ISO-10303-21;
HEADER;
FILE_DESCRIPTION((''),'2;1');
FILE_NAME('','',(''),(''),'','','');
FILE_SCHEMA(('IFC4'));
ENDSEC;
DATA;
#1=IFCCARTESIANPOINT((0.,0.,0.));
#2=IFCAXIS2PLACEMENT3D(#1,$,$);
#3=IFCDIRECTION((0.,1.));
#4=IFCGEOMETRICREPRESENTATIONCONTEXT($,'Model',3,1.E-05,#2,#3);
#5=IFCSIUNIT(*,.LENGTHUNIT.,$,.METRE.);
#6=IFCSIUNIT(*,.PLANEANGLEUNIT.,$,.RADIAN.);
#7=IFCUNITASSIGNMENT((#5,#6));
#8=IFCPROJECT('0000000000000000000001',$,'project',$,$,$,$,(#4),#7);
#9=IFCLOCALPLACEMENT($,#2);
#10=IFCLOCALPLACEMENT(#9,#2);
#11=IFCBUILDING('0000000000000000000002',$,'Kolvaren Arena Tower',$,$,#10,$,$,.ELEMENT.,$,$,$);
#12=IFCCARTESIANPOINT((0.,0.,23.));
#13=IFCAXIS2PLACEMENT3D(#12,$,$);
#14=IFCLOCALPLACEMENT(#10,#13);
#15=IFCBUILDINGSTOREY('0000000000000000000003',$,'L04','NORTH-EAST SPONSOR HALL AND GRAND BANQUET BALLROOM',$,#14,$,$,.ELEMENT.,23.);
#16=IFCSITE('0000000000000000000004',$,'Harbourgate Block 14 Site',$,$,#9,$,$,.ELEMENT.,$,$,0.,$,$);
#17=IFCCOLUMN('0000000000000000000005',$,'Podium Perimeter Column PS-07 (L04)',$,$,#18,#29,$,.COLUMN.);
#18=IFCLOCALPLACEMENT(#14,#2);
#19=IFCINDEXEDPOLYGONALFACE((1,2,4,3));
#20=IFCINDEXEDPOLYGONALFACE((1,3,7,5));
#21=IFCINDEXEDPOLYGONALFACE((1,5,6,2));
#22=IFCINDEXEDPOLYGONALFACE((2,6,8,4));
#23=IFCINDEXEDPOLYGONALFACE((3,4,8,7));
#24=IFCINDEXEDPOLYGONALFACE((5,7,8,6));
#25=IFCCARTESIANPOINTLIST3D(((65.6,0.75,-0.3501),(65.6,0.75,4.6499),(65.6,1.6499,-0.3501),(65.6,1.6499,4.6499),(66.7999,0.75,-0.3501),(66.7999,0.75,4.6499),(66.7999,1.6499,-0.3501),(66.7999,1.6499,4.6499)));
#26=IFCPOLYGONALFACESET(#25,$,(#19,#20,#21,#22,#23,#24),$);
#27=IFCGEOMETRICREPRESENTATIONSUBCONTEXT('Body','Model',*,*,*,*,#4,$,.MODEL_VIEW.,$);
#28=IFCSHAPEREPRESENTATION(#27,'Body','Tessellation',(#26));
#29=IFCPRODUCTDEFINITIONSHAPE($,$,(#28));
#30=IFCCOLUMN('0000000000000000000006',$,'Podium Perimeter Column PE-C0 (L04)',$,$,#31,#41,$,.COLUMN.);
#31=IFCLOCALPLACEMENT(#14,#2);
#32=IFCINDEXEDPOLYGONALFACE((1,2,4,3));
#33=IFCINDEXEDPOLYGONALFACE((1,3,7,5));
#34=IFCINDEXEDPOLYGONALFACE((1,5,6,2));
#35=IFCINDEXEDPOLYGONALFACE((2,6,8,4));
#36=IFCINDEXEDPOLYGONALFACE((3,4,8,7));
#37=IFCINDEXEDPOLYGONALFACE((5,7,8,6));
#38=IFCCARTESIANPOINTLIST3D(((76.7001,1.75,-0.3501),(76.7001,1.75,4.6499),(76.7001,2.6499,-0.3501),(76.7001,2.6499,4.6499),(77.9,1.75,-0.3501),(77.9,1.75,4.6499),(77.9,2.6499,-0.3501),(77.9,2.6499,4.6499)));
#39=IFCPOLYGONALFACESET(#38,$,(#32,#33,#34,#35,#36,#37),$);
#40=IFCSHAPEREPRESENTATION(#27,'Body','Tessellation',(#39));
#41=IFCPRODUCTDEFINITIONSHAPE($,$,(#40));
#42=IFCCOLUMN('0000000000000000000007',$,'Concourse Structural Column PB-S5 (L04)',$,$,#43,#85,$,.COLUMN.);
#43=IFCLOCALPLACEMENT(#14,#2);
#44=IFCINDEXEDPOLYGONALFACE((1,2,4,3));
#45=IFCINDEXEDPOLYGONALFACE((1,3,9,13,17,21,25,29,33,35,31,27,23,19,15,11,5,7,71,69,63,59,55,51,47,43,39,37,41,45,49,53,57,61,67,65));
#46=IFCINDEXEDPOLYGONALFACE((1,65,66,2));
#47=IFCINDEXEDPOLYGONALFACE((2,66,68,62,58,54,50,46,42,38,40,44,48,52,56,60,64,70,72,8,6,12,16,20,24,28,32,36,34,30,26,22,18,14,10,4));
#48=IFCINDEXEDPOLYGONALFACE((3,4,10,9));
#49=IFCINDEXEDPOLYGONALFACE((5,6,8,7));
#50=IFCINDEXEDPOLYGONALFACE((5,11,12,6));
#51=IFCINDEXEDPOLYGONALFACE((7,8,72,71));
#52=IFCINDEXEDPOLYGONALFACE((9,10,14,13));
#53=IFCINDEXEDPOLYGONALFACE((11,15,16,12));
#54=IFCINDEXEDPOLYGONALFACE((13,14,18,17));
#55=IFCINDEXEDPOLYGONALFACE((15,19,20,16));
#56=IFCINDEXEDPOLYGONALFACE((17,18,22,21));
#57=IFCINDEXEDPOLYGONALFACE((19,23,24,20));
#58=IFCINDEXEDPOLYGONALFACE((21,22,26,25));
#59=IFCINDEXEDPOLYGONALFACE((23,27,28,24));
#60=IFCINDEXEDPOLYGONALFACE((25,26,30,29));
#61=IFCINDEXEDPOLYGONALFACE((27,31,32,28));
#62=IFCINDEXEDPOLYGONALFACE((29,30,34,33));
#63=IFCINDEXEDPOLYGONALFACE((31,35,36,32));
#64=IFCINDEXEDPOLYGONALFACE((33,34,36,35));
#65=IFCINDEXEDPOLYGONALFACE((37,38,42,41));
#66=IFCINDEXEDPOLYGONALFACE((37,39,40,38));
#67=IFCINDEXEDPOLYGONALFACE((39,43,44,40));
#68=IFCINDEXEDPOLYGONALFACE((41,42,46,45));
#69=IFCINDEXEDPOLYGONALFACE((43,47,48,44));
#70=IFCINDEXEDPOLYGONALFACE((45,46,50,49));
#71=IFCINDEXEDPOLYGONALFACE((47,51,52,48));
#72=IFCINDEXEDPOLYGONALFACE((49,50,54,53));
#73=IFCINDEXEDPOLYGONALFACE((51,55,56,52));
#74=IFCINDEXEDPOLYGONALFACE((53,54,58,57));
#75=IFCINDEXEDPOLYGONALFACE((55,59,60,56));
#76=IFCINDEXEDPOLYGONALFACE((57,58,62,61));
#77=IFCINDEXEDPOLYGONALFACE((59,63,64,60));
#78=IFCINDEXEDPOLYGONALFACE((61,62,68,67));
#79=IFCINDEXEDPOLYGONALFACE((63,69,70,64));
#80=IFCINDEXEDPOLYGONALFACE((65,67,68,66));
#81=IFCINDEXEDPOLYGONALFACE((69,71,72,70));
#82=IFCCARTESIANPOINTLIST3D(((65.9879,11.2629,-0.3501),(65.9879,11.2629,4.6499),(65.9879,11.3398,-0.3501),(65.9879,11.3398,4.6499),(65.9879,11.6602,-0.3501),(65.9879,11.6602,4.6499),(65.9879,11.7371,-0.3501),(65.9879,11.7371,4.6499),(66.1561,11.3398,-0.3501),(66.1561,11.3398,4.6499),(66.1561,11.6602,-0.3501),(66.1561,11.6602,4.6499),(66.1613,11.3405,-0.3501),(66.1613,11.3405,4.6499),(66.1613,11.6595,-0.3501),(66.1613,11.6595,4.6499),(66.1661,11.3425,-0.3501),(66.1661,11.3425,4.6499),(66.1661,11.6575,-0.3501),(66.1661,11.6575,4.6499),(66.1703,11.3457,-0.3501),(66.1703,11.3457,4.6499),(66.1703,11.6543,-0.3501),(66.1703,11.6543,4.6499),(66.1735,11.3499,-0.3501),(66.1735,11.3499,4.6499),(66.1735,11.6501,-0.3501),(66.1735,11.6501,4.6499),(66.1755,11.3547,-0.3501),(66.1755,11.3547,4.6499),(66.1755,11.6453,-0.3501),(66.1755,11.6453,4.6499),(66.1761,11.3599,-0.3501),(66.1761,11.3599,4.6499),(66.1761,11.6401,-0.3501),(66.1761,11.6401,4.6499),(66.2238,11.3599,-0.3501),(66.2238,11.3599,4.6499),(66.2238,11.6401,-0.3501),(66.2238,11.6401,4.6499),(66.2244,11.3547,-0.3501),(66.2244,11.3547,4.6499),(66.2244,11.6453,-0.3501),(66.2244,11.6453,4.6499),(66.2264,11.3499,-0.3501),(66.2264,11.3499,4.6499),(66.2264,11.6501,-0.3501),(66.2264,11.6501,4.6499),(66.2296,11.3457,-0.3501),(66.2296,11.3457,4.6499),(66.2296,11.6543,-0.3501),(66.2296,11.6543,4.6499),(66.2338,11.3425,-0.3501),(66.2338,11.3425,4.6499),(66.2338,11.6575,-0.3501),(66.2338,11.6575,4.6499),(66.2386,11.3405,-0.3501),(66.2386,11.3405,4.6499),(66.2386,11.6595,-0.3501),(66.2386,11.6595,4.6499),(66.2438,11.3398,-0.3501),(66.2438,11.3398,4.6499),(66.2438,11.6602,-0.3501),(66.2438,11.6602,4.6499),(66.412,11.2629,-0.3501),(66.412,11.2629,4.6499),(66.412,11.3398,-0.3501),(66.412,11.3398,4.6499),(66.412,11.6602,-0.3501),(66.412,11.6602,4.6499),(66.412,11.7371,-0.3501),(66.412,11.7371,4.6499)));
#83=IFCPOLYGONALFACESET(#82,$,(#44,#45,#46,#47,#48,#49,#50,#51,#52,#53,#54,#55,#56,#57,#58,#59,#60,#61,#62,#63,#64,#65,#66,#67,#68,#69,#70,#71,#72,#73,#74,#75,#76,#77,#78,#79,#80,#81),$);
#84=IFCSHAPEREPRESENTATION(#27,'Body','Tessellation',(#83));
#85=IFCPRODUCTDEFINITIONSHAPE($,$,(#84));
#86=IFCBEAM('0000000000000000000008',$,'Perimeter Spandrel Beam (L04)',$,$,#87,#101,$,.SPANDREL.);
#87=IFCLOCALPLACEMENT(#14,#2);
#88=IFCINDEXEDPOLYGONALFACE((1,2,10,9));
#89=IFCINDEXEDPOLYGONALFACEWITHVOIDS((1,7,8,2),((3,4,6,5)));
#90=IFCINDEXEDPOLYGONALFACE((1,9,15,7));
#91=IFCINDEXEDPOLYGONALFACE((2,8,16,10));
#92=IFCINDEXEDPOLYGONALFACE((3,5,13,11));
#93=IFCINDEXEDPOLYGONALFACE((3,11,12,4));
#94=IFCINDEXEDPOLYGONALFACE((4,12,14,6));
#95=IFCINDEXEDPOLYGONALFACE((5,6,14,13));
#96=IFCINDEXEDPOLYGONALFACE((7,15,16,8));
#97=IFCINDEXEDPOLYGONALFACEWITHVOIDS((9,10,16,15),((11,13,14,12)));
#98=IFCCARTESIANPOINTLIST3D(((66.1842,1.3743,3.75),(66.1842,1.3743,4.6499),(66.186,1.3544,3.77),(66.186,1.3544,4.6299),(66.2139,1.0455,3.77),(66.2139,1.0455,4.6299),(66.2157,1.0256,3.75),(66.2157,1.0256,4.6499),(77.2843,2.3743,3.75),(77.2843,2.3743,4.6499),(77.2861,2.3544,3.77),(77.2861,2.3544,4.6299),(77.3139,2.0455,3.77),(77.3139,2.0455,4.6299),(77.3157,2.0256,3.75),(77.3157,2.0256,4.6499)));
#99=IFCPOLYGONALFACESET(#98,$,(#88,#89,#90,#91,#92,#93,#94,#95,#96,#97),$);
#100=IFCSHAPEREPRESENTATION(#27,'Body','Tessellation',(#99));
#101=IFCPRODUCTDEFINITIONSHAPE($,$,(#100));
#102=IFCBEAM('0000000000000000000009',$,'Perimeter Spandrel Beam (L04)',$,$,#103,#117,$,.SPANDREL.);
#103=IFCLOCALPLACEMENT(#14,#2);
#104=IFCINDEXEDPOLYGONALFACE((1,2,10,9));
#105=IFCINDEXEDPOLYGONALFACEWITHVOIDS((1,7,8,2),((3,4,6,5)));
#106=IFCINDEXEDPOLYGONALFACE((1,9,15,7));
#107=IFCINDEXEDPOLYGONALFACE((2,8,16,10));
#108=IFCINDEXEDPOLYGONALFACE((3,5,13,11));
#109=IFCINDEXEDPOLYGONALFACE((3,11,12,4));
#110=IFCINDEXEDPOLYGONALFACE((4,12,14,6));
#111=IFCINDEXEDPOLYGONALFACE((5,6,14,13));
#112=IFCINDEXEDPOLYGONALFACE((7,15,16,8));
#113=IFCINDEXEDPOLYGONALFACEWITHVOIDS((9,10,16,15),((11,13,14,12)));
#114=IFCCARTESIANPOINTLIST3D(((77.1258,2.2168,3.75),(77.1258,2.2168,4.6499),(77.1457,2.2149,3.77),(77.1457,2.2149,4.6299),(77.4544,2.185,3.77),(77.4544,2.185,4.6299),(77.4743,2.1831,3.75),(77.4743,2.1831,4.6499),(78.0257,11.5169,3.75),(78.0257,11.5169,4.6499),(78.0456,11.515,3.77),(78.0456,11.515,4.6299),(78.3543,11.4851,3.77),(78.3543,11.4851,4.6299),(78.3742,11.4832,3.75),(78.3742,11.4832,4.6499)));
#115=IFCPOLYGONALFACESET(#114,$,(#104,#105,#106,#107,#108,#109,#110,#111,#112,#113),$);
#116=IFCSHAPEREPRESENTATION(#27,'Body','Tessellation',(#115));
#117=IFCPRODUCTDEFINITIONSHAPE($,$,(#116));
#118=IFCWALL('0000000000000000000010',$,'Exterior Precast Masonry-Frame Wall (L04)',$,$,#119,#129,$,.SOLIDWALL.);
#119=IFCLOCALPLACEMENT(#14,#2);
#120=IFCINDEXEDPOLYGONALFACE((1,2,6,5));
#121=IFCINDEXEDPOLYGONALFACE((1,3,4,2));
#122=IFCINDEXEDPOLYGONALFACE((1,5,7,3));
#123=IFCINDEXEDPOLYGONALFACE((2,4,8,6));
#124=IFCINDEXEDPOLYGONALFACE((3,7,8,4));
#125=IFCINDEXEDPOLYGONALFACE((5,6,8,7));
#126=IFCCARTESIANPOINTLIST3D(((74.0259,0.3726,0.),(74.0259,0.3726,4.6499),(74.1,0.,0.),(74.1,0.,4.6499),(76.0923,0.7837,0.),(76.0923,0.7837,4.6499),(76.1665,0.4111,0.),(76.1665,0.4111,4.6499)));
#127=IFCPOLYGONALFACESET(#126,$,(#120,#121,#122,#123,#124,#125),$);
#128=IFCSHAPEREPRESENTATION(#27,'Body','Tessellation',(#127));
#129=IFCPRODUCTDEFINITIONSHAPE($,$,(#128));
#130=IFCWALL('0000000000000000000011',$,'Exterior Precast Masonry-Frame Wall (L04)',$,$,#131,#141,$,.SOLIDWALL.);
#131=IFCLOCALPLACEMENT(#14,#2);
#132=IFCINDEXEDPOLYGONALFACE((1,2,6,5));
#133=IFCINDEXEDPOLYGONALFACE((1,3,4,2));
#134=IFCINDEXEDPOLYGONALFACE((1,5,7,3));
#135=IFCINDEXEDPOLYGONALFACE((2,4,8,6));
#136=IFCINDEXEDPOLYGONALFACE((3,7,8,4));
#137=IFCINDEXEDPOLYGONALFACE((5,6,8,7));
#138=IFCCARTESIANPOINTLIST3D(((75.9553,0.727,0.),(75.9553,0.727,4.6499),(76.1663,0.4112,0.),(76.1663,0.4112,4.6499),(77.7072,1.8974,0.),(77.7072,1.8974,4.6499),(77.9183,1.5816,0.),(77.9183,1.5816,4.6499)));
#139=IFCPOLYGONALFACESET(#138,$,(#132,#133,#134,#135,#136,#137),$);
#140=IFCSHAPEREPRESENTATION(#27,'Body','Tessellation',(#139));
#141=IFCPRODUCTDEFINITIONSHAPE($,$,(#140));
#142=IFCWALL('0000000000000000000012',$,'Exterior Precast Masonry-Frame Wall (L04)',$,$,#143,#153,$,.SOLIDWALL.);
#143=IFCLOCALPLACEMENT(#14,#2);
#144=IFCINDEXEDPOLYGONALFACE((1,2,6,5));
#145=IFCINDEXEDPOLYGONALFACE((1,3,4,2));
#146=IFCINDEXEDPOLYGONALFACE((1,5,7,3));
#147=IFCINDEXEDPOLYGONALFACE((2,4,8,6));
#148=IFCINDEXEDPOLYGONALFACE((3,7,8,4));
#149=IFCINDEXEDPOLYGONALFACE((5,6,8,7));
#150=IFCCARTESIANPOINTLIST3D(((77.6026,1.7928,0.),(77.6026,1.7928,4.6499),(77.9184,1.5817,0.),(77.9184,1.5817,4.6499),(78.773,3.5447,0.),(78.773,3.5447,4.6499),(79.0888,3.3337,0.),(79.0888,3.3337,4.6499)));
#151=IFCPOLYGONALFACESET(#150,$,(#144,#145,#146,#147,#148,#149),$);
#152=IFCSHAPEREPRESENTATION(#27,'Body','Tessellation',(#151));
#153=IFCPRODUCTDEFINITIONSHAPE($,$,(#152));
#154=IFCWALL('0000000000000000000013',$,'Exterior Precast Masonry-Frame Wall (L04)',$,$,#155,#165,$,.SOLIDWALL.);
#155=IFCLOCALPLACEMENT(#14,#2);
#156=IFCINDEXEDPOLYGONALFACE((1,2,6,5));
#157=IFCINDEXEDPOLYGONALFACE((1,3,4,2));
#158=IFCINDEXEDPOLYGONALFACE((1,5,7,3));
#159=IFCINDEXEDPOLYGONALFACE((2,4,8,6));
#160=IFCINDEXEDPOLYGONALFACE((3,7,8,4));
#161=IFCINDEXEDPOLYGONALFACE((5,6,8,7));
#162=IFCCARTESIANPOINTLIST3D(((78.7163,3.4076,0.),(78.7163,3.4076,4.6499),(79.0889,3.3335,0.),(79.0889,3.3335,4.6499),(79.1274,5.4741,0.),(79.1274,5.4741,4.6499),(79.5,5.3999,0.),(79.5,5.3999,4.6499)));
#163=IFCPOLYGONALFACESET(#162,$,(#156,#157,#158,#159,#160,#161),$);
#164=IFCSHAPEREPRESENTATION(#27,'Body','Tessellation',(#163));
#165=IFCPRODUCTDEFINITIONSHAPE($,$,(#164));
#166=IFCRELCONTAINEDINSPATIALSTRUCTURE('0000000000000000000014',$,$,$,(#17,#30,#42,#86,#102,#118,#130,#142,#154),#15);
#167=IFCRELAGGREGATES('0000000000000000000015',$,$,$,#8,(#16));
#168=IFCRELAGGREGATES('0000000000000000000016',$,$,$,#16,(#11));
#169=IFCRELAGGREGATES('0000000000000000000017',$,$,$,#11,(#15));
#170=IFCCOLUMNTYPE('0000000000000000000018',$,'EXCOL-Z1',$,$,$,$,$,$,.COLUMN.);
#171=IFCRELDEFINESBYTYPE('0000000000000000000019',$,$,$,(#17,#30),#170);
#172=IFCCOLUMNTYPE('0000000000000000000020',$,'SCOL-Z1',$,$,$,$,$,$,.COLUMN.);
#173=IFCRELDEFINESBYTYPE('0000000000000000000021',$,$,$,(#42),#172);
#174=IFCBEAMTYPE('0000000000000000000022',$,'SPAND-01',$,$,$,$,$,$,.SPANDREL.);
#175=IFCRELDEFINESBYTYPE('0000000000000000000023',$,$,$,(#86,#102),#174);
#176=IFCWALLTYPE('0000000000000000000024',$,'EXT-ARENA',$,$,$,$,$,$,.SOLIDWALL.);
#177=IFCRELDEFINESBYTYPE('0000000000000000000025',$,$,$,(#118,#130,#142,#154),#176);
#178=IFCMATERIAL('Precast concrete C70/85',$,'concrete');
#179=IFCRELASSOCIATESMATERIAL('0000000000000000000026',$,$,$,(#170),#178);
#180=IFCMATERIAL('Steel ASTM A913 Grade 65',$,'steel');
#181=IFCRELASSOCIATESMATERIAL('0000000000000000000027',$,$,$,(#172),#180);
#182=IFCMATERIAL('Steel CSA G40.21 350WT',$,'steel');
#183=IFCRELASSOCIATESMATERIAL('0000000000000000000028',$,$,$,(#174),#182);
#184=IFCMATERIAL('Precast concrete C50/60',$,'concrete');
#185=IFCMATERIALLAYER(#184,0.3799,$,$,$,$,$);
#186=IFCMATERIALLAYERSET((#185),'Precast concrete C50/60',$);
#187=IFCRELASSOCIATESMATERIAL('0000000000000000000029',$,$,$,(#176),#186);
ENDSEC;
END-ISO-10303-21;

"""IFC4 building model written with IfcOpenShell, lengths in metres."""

from ifc_helpers import new_model, si_unit, direction, frame, frame_2d, origin, origin_2d, place, context, subcontext, project, spatial, rectangle, hollow_rectangle, i_section, extrude, material, layer, layer_set, material_profile, profile_set, type_object, element, save


model = new_model("IFC4")

# Units and contexts
model_context = context("Model", 3, precision=1e-05, world=origin(), true_north=direction((0.0, 1.0)))
body_context = subcontext(model_context, "Body", "Model", "MODEL_VIEW")
ifc_project = project(units=[si_unit("LENGTHUNIT", "METRE"), si_unit("PLANEANGLEUNIT", "RADIAN")], contexts=[model_context])

# Site, building, storey
site_placement = place(None, origin())
site = spatial("IfcSite", under=ifc_project, at=site_placement, Name="Harbourgate Block 14 Site", CompositionType="ELEMENT", RefElevation=0.0)
building_placement = place(site_placement, origin())
building = spatial("IfcBuilding", under=site, at=building_placement, Name="Kolvaren Arena Tower", CompositionType="ELEMENT")
storey_placement = place(building_placement, frame((0.0, 0.0, 23.0)))
storey = spatial("IfcBuildingStorey", under=building, at=storey_placement, Name="L04", Description="NORTH-EAST SPONSOR HALL AND GRAND BANQUET BALLROOM", CompositionType="ELEMENT", Elevation=23.0)

# Columns
ifc_material_1 = material(Name="Precast concrete C70/85", Category="concrete")
ifc_material_profile_1 = material_profile(ifc_material_1, rectangle(XDim=1.2, YDim=0.8999, at=origin_2d()), Name="RC-1200x900")
ifc_profile_set_1 = profile_set([ifc_material_profile_1], Name="Precast concrete C70/85")
column_type_1 = type_object("IfcColumnType", Name="EXCOL-Z1", PredefinedType="COLUMN", material=ifc_profile_set_1)
for number, where, z_axis, x_axis, name in (
    (1, (66.2, 1.2, -0.3501), (0.0, 0.0, 1.0), (1.0, 0.0, 0.0), "Podium Perimeter Column PS-07 (L04)"),
    (2, (77.3, 2.2, -0.3501), (0.0, 0.0, 1.0), (1.0, 0.0, 0.0), "Podium Perimeter Column PE-C0 (L04)"),
):
    element("IfcColumn", number, at=place(storey_placement, frame(where, z_axis=z_axis, x_axis=x_axis)), inside=storey, type_object=column_type_1, Name=name, PredefinedType="COLUMN", context=body_context, shape_type="SweptSolid", body=[
        extrude(rectangle(XDim=1.2, YDim=0.8999, at=origin_2d()), origin(), (0.0, 0.0, 1.0), 5.0),
    ])
ifc_material_2 = material(Name="Steel ASTM A913 Grade 65", Category="steel")
ifc_material_profile_2 = material_profile(ifc_material_2, i_section(OverallWidth=0.4241, OverallDepth=0.4741, WebThickness=0.0476, FlangeThickness=0.0769, FilletRadius=0.02, at=origin_2d()), Name="W360x634")
ifc_profile_set_2 = profile_set([ifc_material_profile_2], Name="Steel ASTM A913 Grade 65")
column_type_2 = type_object("IfcColumnType", Name="SCOL-Z1", PredefinedType="COLUMN", material=ifc_profile_set_2)
column_placement = place(storey_placement, frame((66.2, 11.5, -0.3501), z_axis=(0.0, 0.0, 1.0), x_axis=(1.0, 0.0, 0.0)))
element("IfcColumn", 3, at=column_placement, inside=storey, type_object=column_type_2, Name="Concourse Structural Column PB-S5 (L04)", PredefinedType="COLUMN", context=body_context, shape_type="SweptSolid", body=[
    extrude(i_section(OverallWidth=0.4241, OverallDepth=0.4741, WebThickness=0.0476, FlangeThickness=0.0769, FilletRadius=0.02, at=origin_2d()), origin(), (0.0, 0.0, 1.0), 5.0),
])

# Beams
ifc_material_3 = material(Name="Steel CSA G40.21 350WT", Category="steel")
ifc_material_profile_3 = material_profile(ifc_material_3, hollow_rectangle(XDim=0.3501, YDim=0.8999, WallThickness=0.02, at=origin_2d()), Name="HSS 900x350x20")
ifc_profile_set_3 = profile_set([ifc_material_profile_3], Name="Steel CSA G40.21 350WT")
beam_type = type_object("IfcBeamType", Name="SPAND-01", PredefinedType="SPANDREL", material=ifc_profile_set_3)
beam_1_placement = place(storey_placement, frame((66.2, 1.2, 4.2), z_axis=(0.995966, 0.089726, 0.0), x_axis=(-0.089726, 0.995966, 0.0)))
element("IfcBeam", 4, at=beam_1_placement, inside=storey, type_object=beam_type, Name="Perimeter Spandrel Beam (L04)", PredefinedType="SPANDREL", context=body_context, shape_type="SweptSolid", body=[
    extrude(hollow_rectangle(XDim=0.3501, YDim=0.8999, WallThickness=0.02, at=origin_2d()), origin(), (0.0, 0.0, 1.0), 11.145),
])
beam_2_placement = place(storey_placement, frame((77.3, 2.2, 4.2), z_axis=(0.096313, 0.995351, 0.0), x_axis=(-0.995351, 0.096313, 0.0)))
element("IfcBeam", 5, at=beam_2_placement, inside=storey, type_object=beam_type, Name="Perimeter Spandrel Beam (L04)", PredefinedType="SPANDREL", context=body_context, shape_type="SweptSolid", body=[
    extrude(hollow_rectangle(XDim=0.3501, YDim=0.8999, WallThickness=0.02, at=origin_2d()), origin(), (0.0, 0.0, 1.0), 9.3435),
])

# Walls
ifc_material_4 = material(Name="Precast concrete C50/60", Category="concrete")
ifc_layer_1 = layer(ifc_material_4, 0.3799)
ifc_layer_set_1 = layer_set([ifc_layer_1], Name="Precast concrete C50/60")
wall_type_1 = type_object("IfcWallType", Name="EXT-ARENA", PredefinedType="SOLIDWALL", material=ifc_layer_set_1)
for number, where, z_axis, x_axis, name in (
    (6, (76.1294, 0.5974, 0.0), (0.0, 0.0, 1.0), (-0.980776, -0.195136, 0.0), "Exterior Precast Masonry-Frame Wall (L04)"),
    (7, (77.8127, 1.7395, 0.0), (0.0, 0.0, 1.0), (-0.831515, -0.555502, 0.0), "Exterior Precast Masonry-Frame Wall (L04)"),
    (8, (78.9309, 3.4392, 0.0), (0.0, 0.0, 1.0), (-0.555502, -0.831515, 0.0), "Exterior Precast Masonry-Frame Wall (L04)"),
    (9, (79.3137, 5.437, 0.0), (0.0, 0.0, 1.0), (-0.195136, -0.980776, 0.0), "Exterior Precast Masonry-Frame Wall (L04)"),
):
    element("IfcWall", number, at=place(storey_placement, frame(where, z_axis=z_axis, x_axis=x_axis)), inside=storey, type_object=wall_type_1, Name=name, PredefinedType="SOLIDWALL", context=body_context, shape_type="SweptSolid", body=[
        extrude(rectangle(XDim=2.1069, YDim=0.3799, at=frame_2d((1.0535, 0.0))), origin(), (0.0, 0.0, 1.0), 4.6499),
    ])

save(model, "model.ifc")
